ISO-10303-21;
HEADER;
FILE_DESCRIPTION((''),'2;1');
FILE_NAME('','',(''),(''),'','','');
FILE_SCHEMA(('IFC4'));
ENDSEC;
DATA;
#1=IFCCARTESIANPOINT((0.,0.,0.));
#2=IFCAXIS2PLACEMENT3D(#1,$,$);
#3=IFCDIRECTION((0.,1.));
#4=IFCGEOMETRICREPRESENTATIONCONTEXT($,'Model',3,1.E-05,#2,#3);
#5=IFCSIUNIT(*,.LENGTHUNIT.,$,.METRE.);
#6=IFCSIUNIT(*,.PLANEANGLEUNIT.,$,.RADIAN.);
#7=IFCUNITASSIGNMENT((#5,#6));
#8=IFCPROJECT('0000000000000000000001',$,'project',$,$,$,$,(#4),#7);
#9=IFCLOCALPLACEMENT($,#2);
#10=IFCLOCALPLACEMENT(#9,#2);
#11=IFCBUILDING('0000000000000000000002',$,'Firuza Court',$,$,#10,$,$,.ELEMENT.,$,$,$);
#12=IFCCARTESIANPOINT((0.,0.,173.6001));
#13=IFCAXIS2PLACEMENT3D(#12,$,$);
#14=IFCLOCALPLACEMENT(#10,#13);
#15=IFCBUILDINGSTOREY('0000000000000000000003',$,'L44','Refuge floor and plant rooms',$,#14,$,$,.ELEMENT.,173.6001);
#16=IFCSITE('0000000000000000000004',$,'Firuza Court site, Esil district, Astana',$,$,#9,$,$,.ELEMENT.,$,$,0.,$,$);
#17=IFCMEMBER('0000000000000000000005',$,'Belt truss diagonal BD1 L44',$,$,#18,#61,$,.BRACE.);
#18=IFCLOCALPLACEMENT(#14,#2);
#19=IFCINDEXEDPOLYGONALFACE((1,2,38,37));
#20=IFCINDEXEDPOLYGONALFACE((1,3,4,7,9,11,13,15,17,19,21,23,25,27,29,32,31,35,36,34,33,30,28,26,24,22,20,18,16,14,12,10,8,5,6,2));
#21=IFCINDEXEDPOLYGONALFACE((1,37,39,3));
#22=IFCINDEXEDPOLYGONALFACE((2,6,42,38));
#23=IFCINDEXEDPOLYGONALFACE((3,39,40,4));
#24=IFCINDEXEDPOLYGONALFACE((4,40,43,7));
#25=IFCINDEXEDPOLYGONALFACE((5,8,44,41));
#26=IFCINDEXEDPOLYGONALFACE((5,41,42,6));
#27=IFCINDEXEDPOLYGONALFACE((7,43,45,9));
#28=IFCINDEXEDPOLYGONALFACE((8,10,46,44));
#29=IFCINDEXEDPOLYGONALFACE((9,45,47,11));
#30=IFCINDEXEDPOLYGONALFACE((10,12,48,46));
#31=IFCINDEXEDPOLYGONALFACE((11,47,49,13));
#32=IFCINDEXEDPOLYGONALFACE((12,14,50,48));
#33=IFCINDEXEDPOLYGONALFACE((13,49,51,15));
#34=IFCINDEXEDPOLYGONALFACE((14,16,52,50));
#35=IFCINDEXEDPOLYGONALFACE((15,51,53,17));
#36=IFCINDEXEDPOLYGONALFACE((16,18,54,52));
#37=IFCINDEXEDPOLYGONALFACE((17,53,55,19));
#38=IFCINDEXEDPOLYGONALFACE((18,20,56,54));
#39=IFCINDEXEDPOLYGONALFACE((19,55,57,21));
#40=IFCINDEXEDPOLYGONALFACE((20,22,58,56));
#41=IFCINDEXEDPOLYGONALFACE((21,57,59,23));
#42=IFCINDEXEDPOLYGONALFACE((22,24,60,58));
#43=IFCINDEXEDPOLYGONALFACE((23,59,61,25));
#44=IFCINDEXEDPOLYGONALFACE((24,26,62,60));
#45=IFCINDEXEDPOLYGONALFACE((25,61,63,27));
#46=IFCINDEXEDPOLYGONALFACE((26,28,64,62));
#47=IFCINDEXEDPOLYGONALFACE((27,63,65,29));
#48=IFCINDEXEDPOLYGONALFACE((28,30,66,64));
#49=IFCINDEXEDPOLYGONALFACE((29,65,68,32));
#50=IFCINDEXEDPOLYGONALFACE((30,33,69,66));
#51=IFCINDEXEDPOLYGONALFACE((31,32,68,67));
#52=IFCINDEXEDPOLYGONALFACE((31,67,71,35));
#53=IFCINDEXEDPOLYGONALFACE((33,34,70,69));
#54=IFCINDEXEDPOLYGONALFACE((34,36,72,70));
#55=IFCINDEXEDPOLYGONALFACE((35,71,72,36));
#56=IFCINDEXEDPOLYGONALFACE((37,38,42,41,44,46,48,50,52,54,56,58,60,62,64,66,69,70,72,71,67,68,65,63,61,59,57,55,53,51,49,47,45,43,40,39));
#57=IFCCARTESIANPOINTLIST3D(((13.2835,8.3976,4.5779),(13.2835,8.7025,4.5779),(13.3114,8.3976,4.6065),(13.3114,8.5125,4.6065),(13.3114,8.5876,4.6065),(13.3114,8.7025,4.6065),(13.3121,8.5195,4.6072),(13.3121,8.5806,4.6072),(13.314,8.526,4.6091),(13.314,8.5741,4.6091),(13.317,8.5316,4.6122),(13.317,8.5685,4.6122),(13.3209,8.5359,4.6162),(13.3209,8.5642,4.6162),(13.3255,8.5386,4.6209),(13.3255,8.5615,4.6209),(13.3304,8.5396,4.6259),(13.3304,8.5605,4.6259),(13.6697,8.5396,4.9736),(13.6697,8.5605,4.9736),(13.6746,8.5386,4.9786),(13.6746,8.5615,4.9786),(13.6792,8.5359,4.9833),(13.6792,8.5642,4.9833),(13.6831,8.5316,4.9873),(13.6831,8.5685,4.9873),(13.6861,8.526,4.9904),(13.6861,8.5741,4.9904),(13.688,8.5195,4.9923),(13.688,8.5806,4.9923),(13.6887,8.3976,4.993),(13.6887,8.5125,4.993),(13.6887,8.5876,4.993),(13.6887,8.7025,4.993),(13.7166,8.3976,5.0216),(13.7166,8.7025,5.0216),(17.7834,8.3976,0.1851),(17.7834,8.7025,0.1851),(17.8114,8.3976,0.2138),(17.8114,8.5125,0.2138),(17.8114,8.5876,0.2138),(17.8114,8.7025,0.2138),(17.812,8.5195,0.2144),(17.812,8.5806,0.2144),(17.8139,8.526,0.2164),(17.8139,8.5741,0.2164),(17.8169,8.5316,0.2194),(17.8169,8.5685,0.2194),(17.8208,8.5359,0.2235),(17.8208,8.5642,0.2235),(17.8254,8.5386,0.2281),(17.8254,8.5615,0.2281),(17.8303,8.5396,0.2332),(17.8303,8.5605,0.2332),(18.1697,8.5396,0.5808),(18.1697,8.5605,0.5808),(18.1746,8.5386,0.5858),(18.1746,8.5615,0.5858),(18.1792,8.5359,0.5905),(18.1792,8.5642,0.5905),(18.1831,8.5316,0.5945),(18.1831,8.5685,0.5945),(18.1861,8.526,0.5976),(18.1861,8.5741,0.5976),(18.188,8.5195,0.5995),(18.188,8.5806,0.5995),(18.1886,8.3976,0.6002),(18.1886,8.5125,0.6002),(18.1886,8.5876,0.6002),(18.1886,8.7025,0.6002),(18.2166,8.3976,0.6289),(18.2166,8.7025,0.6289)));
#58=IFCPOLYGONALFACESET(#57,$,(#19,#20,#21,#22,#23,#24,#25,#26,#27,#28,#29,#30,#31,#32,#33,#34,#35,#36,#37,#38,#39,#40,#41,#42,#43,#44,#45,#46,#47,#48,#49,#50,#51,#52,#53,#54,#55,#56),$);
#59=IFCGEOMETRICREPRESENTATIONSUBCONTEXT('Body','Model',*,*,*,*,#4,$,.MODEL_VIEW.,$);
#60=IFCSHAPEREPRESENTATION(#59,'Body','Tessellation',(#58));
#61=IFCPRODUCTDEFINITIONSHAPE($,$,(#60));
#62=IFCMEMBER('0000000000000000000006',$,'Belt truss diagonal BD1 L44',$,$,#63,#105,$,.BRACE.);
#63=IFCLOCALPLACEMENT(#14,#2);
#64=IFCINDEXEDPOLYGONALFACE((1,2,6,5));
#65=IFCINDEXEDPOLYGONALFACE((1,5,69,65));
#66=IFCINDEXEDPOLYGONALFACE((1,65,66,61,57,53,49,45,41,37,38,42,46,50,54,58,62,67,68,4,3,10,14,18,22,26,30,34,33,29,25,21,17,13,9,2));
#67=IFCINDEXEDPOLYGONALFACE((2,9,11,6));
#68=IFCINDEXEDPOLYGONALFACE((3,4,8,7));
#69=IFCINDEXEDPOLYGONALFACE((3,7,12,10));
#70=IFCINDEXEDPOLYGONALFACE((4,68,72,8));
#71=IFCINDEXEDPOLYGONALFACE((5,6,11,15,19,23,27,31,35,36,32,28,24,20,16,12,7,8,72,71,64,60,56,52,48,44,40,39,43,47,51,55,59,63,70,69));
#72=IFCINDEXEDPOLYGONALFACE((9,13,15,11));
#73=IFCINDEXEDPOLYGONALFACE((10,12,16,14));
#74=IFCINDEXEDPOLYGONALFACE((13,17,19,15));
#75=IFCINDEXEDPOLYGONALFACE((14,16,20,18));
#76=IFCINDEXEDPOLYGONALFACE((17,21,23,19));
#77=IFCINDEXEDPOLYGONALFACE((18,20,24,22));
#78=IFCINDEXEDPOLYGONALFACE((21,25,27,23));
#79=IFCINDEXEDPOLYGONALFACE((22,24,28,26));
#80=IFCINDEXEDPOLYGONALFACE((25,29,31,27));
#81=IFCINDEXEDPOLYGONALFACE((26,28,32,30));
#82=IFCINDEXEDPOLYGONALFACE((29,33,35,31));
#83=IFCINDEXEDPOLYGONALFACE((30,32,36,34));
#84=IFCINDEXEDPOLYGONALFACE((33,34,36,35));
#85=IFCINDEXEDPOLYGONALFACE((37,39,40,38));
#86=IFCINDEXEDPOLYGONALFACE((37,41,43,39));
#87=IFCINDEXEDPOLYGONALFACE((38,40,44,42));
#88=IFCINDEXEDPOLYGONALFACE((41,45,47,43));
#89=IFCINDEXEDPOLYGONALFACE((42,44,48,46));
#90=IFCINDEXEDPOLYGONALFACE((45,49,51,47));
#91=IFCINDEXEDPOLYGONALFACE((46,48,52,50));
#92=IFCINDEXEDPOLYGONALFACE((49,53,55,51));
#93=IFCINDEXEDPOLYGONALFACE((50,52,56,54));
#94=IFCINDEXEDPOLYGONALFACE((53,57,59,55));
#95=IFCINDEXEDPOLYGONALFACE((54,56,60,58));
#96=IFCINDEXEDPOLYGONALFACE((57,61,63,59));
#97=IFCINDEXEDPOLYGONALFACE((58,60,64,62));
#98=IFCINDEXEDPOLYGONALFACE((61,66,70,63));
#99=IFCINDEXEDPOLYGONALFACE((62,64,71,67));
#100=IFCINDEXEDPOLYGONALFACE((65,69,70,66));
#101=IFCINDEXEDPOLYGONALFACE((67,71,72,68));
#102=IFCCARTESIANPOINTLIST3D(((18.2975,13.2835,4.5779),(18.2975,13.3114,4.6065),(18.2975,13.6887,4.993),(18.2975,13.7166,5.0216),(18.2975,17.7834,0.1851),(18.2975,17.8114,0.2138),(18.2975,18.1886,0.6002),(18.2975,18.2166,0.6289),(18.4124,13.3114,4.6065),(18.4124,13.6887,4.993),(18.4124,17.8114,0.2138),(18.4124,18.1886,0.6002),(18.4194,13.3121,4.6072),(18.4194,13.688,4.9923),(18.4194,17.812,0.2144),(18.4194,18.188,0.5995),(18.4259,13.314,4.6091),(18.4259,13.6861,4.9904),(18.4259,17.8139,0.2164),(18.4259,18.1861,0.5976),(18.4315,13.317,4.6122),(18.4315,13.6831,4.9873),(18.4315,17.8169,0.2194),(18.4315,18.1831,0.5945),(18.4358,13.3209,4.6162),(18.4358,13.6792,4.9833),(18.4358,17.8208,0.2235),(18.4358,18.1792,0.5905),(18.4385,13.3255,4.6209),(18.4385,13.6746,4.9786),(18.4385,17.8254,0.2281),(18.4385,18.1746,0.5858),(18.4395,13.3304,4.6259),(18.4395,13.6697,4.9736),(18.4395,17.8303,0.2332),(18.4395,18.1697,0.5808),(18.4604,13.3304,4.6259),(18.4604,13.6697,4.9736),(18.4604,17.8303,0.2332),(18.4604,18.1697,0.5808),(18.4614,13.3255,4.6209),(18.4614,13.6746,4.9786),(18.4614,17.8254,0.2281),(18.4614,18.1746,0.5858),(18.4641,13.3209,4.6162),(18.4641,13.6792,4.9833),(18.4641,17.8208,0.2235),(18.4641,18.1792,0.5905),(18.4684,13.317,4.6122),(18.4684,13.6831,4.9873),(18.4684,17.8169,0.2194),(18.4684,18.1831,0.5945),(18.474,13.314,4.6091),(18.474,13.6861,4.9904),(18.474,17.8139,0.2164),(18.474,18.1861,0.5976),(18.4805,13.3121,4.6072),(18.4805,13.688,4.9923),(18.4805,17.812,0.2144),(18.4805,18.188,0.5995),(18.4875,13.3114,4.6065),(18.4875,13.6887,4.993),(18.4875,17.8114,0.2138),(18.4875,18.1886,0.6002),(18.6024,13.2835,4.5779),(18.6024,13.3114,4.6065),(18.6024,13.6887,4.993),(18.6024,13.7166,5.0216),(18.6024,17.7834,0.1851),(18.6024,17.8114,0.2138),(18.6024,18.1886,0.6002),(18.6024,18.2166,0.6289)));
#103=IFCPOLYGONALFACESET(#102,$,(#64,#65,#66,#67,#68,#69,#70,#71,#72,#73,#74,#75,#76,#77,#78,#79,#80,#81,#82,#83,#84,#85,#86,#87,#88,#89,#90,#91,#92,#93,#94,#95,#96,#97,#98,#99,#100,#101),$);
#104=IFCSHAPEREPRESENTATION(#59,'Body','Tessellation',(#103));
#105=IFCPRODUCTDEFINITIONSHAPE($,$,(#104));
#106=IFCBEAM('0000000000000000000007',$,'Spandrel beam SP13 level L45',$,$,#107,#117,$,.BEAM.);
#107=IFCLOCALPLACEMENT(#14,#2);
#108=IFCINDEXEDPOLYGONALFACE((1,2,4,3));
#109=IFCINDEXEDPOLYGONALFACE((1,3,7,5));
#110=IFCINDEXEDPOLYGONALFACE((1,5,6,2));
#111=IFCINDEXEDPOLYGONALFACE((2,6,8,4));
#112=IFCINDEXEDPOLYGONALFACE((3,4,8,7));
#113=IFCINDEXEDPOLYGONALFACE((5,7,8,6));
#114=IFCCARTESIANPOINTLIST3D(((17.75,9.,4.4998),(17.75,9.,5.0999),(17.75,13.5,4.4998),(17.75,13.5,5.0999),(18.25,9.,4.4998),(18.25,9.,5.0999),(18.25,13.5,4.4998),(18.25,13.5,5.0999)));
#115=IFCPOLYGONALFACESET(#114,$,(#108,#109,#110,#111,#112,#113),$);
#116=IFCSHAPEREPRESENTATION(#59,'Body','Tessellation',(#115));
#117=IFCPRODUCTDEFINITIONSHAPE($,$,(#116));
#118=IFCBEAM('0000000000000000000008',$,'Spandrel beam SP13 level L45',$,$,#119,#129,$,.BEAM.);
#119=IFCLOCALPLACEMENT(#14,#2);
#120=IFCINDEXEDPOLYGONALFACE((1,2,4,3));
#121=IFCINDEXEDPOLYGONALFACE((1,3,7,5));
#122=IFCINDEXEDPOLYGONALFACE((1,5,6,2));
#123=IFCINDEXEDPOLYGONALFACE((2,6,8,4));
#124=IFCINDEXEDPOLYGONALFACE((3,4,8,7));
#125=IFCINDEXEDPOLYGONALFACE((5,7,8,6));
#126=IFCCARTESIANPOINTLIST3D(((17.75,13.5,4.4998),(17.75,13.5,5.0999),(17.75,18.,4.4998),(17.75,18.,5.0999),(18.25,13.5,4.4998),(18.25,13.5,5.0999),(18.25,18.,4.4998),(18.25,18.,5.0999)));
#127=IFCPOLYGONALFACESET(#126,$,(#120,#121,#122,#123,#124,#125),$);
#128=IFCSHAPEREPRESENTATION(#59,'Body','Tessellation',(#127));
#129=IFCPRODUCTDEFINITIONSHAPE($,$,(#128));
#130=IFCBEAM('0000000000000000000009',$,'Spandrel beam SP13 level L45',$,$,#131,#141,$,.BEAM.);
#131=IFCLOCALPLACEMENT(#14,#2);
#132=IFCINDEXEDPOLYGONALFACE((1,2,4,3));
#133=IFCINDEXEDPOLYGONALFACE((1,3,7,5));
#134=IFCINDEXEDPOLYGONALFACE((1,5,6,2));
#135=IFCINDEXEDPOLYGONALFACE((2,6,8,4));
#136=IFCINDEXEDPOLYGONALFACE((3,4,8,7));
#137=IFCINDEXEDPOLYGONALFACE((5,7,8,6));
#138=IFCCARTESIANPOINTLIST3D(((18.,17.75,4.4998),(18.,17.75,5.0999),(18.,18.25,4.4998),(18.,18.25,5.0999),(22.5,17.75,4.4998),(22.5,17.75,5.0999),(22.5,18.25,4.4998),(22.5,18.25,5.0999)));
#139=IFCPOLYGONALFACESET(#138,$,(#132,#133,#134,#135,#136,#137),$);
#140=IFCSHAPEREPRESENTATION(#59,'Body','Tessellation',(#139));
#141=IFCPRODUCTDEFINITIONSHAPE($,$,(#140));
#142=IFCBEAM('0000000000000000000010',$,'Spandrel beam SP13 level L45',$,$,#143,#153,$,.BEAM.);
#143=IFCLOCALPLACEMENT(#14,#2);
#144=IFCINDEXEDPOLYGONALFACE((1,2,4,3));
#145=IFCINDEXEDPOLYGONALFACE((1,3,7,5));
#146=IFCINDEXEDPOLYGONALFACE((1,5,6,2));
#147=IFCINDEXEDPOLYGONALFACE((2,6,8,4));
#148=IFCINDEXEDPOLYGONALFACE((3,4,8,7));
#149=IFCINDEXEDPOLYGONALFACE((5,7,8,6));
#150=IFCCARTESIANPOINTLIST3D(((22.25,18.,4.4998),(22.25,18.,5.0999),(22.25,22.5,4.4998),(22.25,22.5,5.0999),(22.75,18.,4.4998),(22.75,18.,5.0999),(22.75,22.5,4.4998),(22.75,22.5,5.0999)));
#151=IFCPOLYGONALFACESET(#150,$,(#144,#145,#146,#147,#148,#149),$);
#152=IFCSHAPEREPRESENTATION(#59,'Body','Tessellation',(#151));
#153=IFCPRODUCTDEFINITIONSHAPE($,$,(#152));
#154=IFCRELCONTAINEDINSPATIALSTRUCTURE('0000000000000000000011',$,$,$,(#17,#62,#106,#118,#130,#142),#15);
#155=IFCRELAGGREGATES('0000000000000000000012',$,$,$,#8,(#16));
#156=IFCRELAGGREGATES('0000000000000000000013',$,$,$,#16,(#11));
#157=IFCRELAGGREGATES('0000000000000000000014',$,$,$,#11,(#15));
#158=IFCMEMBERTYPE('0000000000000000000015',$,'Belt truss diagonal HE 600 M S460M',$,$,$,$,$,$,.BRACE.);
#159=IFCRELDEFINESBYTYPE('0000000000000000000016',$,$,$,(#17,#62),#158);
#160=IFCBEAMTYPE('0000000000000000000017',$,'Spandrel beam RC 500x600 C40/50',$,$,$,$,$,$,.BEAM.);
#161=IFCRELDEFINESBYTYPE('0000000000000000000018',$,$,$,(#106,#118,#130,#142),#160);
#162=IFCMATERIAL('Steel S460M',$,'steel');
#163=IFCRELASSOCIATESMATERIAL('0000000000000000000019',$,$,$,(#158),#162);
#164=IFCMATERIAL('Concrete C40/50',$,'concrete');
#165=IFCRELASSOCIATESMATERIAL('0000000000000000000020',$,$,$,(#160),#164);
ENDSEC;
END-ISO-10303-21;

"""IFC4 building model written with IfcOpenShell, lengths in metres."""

from ifc_helpers import new_model, si_unit, direction, frame, origin, origin_2d, place, context, subcontext, project, spatial, rectangle, i_section, extrude, material, material_profile, profile_set, type_object, element, save


model = new_model("IFC4")

# Units and contexts
model_context = context("Model", 3, precision=1e-05, world=origin(), true_north=direction((0.0, 1.0)))
body_context = subcontext(model_context, "Body", "Model", "MODEL_VIEW")
ifc_project = project(units=[si_unit("LENGTHUNIT", "METRE"), si_unit("PLANEANGLEUNIT", "RADIAN")], contexts=[model_context])

# Site, building, storey
site_placement = place(None, origin())
site = spatial("IfcSite", under=ifc_project, at=site_placement, Name="Firuza Court site, Esil district, Astana", CompositionType="ELEMENT", RefElevation=0.0)
building_placement = place(site_placement, origin())
building = spatial("IfcBuilding", under=site, at=building_placement, Name="Firuza Court", CompositionType="ELEMENT")
storey_placement = place(building_placement, frame((0.0, 0.0, 173.6001)))
storey = spatial("IfcBuildingStorey", under=building, at=storey_placement, Name="L44", Description="Refuge floor and plant rooms", CompositionType="ELEMENT", Elevation=173.6001)

# Members
ifc_material_1 = material(Name="Steel S460M", Category="steel")
ifc_material_profile_1 = material_profile(ifc_material_1, i_section(OverallWidth=0.3049, OverallDepth=0.6201, WebThickness=0.021, FlangeThickness=0.04, FilletRadius=0.0271, at=origin_2d()), Name="HE 600 M")
ifc_profile_set_1 = profile_set([ifc_material_profile_1], Name="Steel S460M")
member_type_1 = type_object("IfcMemberType", Name="Belt truss diagonal HE 600 M S460M", PredefinedType="BRACE", material=ifc_profile_set_1)
for number, where, z_axis, x_axis, name in (
    (1, (18.0, 8.55, 0.407), (-0.715577, 0.0, 0.698534), (0.0, -1.0, 0.0), "Belt truss diagonal BD1 L44"),
    (2, (18.45, 18.0, 0.407), (0.0, -0.715577, 0.698534), (1.0, 0.0, 0.0), "Belt truss diagonal BD1 L44"),
):
    element("IfcMember", number, at=place(storey_placement, frame(where, z_axis=z_axis, x_axis=x_axis)), inside=storey, type_object=member_type_1, Name=name, PredefinedType="BRACE", context=body_context, shape_type="SweptSolid", body=[
        extrude(i_section(OverallWidth=0.3049, OverallDepth=0.6201, WebThickness=0.021, FlangeThickness=0.04, FilletRadius=0.0271, at=origin_2d()), origin(), (0.0, 0.0, 1.0), 6.2886),
    ])

# Beams
ifc_material_2 = material(Name="Concrete C40/50", Category="concrete")
ifc_material_profile_2 = material_profile(ifc_material_2, rectangle(XDim=0.5, YDim=0.6001, at=origin_2d()), Name="RC 500x600")
ifc_profile_set_2 = profile_set([ifc_material_profile_2], Name="Concrete C40/50")
beam_type = type_object("IfcBeamType", Name="Spandrel beam RC 500x600 C40/50", PredefinedType="BEAM", material=ifc_profile_set_2)
for number, where, z_axis, x_axis, name in (
    (3, (18.0, 9.0, 4.7998), (0.0, 1.0, 0.0), (-1.0, 0.0, 0.0), "Spandrel beam SP13 level L45"),
    (4, (18.0, 13.5, 4.7998), (0.0, 1.0, 0.0), (-1.0, 0.0, 0.0), "Spandrel beam SP13 level L45"),
    (5, (18.0, 18.0, 4.7998), (1.0, 0.0, 0.0), (0.0, 1.0, 0.0), "Spandrel beam SP13 level L45"),
    (6, (22.5, 18.0, 4.7998), (0.0, 1.0, 0.0), (-1.0, 0.0, 0.0), "Spandrel beam SP13 level L45"),
):
    element("IfcBeam", number, at=place(storey_placement, frame(where, z_axis=z_axis, x_axis=x_axis)), inside=storey, type_object=beam_type, Name=name, PredefinedType="BEAM", context=body_context, shape_type="SweptSolid", body=[
        extrude(rectangle(XDim=0.5, YDim=0.6001, at=origin_2d()), origin(), (0.0, 0.0, 1.0), 4.5),
    ])

save(model, "model.ifc")
